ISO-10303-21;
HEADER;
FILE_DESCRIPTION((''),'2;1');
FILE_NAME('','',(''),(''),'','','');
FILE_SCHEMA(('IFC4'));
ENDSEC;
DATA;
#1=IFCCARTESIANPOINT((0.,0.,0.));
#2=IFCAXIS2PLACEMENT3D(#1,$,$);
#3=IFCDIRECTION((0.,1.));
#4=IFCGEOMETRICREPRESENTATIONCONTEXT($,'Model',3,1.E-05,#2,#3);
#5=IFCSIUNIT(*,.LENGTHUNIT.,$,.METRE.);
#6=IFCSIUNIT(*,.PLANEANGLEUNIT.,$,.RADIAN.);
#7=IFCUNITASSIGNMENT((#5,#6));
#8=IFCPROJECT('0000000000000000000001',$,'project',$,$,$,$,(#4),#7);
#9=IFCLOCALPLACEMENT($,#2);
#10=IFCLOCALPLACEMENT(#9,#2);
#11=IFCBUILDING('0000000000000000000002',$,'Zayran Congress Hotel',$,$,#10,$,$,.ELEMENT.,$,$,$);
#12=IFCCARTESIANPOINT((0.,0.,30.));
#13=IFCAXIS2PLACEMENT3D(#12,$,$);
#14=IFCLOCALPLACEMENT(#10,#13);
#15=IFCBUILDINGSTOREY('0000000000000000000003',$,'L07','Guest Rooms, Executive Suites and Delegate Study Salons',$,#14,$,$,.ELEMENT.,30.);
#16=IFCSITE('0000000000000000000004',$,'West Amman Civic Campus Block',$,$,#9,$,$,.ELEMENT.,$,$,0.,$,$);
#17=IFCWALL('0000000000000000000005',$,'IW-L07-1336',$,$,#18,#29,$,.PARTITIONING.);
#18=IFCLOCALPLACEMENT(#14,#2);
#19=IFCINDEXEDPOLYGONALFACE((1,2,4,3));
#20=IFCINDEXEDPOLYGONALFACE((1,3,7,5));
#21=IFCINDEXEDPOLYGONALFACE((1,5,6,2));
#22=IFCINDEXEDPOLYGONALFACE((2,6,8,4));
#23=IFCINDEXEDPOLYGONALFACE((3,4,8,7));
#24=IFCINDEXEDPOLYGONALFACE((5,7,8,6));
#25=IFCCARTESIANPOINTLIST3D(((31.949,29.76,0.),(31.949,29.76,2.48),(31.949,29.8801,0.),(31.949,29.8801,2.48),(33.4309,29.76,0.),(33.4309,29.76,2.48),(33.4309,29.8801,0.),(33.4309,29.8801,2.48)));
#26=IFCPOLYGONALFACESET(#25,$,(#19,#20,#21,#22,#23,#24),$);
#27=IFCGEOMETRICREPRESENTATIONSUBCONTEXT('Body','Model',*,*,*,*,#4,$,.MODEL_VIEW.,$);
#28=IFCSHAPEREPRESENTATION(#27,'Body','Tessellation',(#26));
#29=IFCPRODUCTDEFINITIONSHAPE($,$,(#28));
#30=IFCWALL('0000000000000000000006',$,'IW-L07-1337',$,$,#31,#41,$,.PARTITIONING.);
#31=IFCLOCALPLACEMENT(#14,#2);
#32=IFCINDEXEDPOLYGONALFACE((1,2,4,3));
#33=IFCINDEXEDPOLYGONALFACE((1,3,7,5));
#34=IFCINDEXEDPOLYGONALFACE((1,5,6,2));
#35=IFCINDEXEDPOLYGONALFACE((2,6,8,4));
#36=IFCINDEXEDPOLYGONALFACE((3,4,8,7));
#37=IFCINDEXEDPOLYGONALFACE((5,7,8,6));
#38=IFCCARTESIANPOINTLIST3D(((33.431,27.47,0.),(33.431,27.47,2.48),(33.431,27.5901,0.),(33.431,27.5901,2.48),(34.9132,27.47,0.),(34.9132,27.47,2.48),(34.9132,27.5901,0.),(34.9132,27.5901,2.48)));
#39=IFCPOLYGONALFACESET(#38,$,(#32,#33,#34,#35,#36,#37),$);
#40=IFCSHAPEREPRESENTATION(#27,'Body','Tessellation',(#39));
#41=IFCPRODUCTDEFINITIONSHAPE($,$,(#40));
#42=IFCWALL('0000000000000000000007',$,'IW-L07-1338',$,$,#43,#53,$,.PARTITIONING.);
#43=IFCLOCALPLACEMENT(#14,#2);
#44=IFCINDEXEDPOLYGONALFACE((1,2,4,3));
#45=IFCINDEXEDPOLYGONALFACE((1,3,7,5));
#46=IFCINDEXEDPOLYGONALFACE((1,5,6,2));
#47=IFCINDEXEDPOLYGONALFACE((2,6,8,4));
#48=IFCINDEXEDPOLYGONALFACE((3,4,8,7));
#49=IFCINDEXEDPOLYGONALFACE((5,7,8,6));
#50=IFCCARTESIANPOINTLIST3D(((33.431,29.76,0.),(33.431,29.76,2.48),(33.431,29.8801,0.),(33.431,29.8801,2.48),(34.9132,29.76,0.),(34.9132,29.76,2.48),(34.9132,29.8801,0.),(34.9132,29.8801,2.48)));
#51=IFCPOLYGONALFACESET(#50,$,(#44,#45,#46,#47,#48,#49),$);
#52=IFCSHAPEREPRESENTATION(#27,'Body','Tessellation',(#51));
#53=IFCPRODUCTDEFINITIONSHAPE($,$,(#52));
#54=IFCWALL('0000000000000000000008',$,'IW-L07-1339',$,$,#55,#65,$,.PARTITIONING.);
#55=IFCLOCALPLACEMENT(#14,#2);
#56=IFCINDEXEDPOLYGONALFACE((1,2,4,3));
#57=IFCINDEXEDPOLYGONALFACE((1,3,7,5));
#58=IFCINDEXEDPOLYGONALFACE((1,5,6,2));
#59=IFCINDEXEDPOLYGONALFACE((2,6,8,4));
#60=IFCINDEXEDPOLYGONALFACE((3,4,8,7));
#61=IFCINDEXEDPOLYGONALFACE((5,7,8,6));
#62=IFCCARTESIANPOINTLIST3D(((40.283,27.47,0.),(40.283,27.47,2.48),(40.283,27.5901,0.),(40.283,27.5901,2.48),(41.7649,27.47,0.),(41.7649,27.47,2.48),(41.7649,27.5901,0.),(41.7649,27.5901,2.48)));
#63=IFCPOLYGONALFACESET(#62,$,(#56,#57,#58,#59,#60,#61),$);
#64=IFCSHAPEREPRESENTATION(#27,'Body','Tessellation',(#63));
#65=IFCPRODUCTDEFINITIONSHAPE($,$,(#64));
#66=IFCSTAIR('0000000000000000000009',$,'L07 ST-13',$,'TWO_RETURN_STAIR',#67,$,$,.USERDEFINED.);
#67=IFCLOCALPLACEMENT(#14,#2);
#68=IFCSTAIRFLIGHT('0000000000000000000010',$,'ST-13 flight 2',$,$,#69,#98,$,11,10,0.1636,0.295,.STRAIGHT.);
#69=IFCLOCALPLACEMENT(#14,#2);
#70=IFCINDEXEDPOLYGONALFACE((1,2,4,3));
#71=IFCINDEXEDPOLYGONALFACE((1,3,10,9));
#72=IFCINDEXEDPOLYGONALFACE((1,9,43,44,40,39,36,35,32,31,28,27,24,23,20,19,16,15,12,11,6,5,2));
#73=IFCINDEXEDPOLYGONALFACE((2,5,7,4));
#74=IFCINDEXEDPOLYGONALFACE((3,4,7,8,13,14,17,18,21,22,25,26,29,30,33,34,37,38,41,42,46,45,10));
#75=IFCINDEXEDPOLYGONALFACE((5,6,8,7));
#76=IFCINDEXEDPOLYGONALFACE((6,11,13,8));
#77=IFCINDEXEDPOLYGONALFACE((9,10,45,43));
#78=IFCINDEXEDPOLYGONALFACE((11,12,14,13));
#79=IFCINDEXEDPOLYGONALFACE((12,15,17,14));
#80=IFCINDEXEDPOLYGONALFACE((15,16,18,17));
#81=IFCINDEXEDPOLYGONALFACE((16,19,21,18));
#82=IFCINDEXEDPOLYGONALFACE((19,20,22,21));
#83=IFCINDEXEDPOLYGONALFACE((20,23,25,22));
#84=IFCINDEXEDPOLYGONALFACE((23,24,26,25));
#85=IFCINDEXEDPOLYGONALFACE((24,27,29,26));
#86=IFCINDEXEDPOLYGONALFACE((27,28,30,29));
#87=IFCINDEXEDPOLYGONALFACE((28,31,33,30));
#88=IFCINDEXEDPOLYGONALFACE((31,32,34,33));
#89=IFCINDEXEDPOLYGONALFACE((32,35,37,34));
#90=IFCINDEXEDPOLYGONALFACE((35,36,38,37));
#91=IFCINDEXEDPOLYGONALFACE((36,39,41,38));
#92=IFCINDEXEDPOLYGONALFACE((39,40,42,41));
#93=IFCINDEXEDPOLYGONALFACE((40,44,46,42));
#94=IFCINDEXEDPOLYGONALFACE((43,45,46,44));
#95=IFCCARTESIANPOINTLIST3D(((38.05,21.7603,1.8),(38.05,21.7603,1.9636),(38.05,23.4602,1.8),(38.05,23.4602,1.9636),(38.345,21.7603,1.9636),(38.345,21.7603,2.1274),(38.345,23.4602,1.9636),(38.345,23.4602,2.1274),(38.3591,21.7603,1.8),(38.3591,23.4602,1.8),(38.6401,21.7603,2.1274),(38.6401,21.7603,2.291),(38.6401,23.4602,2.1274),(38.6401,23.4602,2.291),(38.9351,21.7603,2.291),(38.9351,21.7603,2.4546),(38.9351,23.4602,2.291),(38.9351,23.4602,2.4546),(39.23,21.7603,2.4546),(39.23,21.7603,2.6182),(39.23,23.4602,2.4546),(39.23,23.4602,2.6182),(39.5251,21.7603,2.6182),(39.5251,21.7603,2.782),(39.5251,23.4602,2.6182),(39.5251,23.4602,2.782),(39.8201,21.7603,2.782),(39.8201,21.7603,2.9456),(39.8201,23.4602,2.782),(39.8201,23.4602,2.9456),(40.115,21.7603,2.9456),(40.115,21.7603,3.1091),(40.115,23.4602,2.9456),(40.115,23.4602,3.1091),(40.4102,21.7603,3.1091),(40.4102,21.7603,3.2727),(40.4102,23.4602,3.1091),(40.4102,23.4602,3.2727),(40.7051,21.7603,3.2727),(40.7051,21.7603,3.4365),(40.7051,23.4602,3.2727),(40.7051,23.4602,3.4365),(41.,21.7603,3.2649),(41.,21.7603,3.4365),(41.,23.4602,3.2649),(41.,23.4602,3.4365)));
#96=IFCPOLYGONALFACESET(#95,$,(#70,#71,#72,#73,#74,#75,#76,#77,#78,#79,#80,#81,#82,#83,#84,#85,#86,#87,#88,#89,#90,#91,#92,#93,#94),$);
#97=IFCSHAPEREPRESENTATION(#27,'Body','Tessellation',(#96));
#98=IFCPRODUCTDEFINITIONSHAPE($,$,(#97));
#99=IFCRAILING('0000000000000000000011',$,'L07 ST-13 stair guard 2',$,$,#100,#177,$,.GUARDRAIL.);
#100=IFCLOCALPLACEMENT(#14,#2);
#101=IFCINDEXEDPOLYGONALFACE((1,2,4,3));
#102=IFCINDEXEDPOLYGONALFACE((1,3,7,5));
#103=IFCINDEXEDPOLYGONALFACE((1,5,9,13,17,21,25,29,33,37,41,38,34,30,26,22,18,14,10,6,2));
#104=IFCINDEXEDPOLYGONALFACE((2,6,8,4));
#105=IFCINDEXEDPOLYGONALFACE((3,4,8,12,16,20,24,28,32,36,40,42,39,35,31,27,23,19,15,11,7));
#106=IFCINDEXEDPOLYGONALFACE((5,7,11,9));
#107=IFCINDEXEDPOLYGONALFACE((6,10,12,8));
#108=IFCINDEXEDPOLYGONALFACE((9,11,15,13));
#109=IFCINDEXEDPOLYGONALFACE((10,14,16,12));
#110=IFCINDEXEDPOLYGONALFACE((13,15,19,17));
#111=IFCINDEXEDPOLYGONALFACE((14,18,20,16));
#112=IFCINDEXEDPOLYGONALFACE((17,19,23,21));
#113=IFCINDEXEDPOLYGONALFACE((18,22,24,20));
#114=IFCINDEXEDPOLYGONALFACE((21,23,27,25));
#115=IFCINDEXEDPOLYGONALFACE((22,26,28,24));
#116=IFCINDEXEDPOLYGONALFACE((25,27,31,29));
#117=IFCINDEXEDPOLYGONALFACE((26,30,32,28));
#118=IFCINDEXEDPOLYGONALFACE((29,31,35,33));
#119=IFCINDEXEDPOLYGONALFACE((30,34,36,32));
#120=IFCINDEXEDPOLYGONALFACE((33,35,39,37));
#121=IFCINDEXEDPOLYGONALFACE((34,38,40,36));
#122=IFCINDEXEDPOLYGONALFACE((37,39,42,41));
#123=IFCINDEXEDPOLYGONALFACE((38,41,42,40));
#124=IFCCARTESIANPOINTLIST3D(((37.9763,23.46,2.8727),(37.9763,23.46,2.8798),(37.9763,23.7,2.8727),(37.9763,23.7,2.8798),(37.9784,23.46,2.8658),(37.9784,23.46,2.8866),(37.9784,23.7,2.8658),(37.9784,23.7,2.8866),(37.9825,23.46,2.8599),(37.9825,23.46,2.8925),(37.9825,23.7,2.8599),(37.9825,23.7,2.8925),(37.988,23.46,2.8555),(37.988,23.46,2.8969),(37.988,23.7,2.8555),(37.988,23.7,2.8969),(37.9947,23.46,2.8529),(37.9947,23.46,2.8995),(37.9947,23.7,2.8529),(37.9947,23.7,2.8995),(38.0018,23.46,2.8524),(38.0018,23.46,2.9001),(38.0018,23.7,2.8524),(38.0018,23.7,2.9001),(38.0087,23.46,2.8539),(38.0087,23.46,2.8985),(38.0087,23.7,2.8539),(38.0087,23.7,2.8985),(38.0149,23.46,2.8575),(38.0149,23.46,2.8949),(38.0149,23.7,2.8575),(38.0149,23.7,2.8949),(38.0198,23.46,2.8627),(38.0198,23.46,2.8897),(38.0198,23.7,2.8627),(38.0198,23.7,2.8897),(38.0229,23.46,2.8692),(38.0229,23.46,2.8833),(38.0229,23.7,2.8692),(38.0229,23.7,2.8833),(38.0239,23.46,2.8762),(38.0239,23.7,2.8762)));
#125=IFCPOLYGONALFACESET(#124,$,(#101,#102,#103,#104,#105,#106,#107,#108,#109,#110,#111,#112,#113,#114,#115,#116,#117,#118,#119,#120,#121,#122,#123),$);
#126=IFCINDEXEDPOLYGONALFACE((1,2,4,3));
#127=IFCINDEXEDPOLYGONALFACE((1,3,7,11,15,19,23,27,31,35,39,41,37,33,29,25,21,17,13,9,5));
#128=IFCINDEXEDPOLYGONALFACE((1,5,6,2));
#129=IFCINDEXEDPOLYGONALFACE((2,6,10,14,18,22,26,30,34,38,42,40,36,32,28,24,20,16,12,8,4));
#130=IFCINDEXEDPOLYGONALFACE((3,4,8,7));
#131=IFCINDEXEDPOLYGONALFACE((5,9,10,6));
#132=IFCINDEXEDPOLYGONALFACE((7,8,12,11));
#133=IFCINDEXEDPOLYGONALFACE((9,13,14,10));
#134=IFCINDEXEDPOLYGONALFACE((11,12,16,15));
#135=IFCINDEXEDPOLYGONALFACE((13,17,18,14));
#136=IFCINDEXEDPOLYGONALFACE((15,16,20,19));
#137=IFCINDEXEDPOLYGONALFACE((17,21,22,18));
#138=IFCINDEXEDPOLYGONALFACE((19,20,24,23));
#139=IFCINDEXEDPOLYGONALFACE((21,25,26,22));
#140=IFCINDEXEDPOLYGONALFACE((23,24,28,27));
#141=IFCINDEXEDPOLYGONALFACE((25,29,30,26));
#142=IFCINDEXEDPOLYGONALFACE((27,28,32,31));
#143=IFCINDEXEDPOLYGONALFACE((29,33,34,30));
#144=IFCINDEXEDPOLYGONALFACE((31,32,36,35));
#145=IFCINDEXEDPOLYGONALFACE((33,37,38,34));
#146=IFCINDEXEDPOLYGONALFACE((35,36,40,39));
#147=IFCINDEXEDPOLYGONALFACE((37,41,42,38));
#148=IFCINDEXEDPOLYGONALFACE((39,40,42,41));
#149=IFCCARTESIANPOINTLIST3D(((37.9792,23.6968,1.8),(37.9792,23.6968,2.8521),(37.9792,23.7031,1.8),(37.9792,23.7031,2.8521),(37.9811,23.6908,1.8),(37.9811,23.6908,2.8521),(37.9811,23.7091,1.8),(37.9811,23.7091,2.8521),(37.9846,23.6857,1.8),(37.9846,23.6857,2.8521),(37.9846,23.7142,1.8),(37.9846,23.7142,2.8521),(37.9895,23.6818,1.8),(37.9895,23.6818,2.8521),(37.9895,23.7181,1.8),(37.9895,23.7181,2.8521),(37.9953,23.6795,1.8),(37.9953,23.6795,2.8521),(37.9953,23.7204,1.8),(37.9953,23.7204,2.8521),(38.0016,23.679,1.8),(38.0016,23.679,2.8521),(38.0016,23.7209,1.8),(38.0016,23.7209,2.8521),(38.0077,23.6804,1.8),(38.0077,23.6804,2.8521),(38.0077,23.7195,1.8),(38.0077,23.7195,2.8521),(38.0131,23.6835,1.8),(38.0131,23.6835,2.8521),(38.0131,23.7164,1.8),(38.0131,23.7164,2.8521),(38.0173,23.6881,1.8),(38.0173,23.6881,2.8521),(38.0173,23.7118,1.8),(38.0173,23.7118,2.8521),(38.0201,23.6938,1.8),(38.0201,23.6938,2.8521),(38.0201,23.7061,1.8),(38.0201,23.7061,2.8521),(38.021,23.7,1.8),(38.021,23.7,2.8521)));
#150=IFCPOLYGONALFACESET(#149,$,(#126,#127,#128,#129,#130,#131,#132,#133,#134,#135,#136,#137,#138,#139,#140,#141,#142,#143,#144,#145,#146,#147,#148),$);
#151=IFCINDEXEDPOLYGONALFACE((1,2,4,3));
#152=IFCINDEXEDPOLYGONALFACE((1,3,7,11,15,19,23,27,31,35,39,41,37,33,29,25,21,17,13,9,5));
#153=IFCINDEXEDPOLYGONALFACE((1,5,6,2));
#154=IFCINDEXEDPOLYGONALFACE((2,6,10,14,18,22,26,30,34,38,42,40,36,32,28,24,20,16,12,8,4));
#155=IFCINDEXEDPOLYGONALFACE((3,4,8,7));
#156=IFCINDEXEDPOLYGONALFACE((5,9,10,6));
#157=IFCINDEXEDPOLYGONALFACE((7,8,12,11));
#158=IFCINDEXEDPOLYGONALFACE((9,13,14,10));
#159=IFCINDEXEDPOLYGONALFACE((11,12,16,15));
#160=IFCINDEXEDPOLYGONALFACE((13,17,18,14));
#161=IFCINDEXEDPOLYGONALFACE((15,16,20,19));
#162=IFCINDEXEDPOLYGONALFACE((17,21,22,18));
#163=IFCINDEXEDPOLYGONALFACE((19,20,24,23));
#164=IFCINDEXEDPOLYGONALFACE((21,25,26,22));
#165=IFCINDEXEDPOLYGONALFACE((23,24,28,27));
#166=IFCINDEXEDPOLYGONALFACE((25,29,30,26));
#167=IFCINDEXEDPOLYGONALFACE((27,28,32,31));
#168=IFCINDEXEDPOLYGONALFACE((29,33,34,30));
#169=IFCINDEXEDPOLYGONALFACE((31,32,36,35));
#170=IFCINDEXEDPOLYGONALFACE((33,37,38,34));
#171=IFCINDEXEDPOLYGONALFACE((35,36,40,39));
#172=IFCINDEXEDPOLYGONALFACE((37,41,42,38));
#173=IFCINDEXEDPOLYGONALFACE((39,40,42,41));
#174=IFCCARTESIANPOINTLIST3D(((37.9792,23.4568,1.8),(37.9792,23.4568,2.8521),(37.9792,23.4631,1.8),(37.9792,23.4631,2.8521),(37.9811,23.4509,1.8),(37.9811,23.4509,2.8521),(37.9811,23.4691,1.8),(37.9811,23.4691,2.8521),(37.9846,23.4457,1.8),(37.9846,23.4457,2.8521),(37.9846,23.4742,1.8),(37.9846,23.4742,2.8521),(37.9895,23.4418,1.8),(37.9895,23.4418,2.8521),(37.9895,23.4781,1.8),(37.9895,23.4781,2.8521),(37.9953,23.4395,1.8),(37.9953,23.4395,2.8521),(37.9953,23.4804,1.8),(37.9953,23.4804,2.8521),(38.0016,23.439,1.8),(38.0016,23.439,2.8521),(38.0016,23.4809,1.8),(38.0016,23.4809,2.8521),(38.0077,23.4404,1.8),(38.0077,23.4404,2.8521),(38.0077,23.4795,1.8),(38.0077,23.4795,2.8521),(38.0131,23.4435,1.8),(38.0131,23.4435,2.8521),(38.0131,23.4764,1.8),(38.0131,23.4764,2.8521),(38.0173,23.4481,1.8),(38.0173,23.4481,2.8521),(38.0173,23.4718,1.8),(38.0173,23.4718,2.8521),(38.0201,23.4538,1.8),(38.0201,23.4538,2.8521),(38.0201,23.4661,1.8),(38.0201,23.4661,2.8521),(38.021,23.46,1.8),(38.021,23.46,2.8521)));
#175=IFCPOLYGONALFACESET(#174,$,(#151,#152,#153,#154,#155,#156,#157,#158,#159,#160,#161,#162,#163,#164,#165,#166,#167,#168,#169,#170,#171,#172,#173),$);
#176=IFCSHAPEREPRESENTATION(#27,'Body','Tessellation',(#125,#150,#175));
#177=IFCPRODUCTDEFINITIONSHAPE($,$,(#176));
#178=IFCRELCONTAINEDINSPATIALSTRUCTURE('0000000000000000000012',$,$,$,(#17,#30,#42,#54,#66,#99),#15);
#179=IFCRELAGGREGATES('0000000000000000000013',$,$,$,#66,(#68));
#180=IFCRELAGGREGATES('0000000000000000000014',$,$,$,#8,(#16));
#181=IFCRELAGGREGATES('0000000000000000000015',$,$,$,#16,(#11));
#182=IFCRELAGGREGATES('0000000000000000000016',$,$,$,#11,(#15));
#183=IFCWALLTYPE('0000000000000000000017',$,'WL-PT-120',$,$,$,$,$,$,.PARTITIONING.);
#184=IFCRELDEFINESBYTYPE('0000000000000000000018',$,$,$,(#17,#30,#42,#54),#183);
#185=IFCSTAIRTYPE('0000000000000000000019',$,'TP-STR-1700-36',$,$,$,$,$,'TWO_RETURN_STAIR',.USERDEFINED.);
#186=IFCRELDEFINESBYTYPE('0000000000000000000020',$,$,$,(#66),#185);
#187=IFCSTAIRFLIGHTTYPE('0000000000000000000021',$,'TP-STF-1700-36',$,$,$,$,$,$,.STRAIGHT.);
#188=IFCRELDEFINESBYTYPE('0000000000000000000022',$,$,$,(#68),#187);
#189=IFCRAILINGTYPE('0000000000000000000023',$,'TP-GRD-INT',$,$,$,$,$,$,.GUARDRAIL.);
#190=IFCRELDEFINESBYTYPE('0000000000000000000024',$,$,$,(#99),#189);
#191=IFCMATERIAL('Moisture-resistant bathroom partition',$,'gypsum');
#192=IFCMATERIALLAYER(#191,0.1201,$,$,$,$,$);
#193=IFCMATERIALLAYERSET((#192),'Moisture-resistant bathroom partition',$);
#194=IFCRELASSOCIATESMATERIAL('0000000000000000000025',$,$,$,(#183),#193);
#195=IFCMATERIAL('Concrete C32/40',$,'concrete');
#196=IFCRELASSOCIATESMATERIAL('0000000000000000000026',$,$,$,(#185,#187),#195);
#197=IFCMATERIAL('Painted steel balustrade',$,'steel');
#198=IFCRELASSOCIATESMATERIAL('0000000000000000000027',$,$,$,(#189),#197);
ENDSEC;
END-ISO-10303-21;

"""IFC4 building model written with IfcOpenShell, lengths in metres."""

from ifc_helpers import new_model, si_unit, direction, frame, frame_2d, origin, origin_2d, place, context, subcontext, project, spatial, polyline, rectangle, circle, outline, extrude, material, layer, layer_set, type_object, element, aggregate, save


model = new_model("IFC4")

# Units and contexts
model_context = context("Model", 3, precision=1e-05, world=origin(), true_north=direction((0.0, 1.0)))
body_context = subcontext(model_context, "Body", "Model", "MODEL_VIEW")
ifc_project = project(units=[si_unit("LENGTHUNIT", "METRE"), si_unit("PLANEANGLEUNIT", "RADIAN")], contexts=[model_context])

# Site, building, storey
site_placement = place(None, origin())
site = spatial("IfcSite", under=ifc_project, at=site_placement, Name="West Amman Civic Campus Block", CompositionType="ELEMENT", RefElevation=0.0)
building_placement = place(site_placement, origin())
building = spatial("IfcBuilding", under=site, at=building_placement, Name="Zayran Congress Hotel", CompositionType="ELEMENT")
storey_placement = place(building_placement, frame((0.0, 0.0, 30.0)))
storey = spatial("IfcBuildingStorey", under=building, at=storey_placement, Name="L07", Description="Guest Rooms, Executive Suites and Delegate Study Salons", CompositionType="ELEMENT", Elevation=30.0)

# Shared definitions
ifc_material_1 = material(Name="Moisture-resistant bathroom partition", Category="gypsum")
ifc_layer_1 = layer(ifc_material_1, 0.1201)
ifc_layer_set_1 = layer_set([ifc_layer_1], Name="Moisture-resistant bathroom partition")
wall_type_1 = type_object("IfcWallType", Name="WL-PT-120", PredefinedType="PARTITIONING", material=ifc_layer_set_1)

# Walls
wall_1_placement = place(storey_placement, frame((31.949, 29.8201, 0.0), z_axis=(0.0, 0.0, 1.0), x_axis=(1.0, 0.0, 0.0)))
element("IfcWall", 1, at=wall_1_placement, inside=storey, type_object=wall_type_1, Name="IW-L07-1336", PredefinedType="PARTITIONING", context=body_context, shape_type="SweptSolid", body=[
    extrude(rectangle(XDim=1.4819, YDim=0.1201, at=frame_2d((0.741, 0.0))), origin(), (0.0, 0.0, 1.0), 2.48),
])
for number, where, z_axis, x_axis, name in (
    (2, (33.4309, 27.53, 0.0), (0.0, 0.0, 1.0), (1.0, 0.0, 0.0), "IW-L07-1337"),
    (3, (33.4309, 29.8201, 0.0), (0.0, 0.0, 1.0), (1.0, 0.0, 0.0), "IW-L07-1338"),
):
    element("IfcWall", number, at=place(storey_placement, frame(where, z_axis=z_axis, x_axis=x_axis)), inside=storey, type_object=wall_type_1, Name=name, PredefinedType="PARTITIONING", context=body_context, shape_type="SweptSolid", body=[
        extrude(rectangle(XDim=1.4822, YDim=0.1201, at=frame_2d((0.7412, 0.0))), origin(), (0.0, 0.0, 1.0), 2.48),
    ])
wall_2_placement = place(storey_placement, frame((40.283, 27.53, 0.0), z_axis=(0.0, 0.0, 1.0), x_axis=(1.0, 0.0, 0.0)))
element("IfcWall", 4, at=wall_2_placement, inside=storey, type_object=wall_type_1, Name="IW-L07-1339", PredefinedType="PARTITIONING", context=body_context, shape_type="SweptSolid", body=[
    extrude(rectangle(XDim=1.4819, YDim=0.1201, at=frame_2d((0.741, 0.0))), origin(), (0.0, 0.0, 1.0), 2.48),
])

# Stair, stair flight
ifc_material_2 = material(Name="Concrete C32/40", Category="concrete")
stair_type = type_object("IfcStairType", Name="TP-STR-1700-36", ElementType="TWO_RETURN_STAIR", PredefinedType="USERDEFINED", material=ifc_material_2)
stair_placement = place(storey_placement, origin())
stair = element("IfcStair", 5, at=stair_placement, inside=storey, type_object=stair_type, Name="L07 ST-13", ObjectType="TWO_RETURN_STAIR", PredefinedType="USERDEFINED")
stair_flight_type = type_object("IfcStairFlightType", Name="TP-STF-1700-36", PredefinedType="STRAIGHT", material=ifc_material_2)
stair_flight_placement = place(storey_placement, frame((38.05, 22.6101, 1.8), z_axis=(0.0, 0.0, 1.0), x_axis=(1.0, 0.0, 0.0)))
stair_flight = element("IfcStairFlight", 6, at=stair_flight_placement, type_object=stair_flight_type, Name="ST-13 flight 2", NumberOfRisers=11, NumberOfTreads=10, PredefinedType="STRAIGHT", RiserHeight=0.1636, TreadLength=0.295, context=body_context, shape_type="SweptSolid", body=[
    extrude(outline(polyline([(0.0, 0.0), (0.0, 0.1636), (0.2949, 0.1636), (0.2949, 0.3274), (0.5901, 0.3274), (0.5901, 0.491), (0.885, 0.491), (0.885, 0.6545), (1.1799, 0.6545), (1.1799, 0.8181), (1.4751, 0.8181), (1.4751, 0.9819), (1.77, 0.9819), (1.77, 1.1455), (2.0649, 1.1455), (2.0649, 1.3091), (2.3601, 1.3091), (2.3601, 1.4727), (2.655, 1.4727), (2.655, 1.6365), (2.95, 1.6365), (2.95, 1.8), (2.95, 1.4648), (0.3091, 0.0), (0.0, 0.0)])), frame((0.0, 0.8501, 0.0), z_axis=(0.0, -1.0, 0.0), x_axis=(1.0, 0.0, 0.0)), (0.0, 0.0, 1.0), 1.7),
])
aggregate(stair, [stair_flight])

# Railing
ifc_material_3 = material(Name="Painted steel balustrade", Category="steel")
railing_type_1 = type_object("IfcRailingType", Name="TP-GRD-INT", PredefinedType="GUARDRAIL", material=ifc_material_3)
railing_1_placement = place(storey_placement, frame((38.0, 23.7, 1.8)))
element("IfcRailing", 7, at=railing_1_placement, inside=storey, type_object=railing_type_1, Name="L07 ST-13 stair guard 2", PredefinedType="GUARDRAIL", context=body_context, shape_type="SweptSolid", body=[
    extrude(circle(Radius=0.0239, at=origin_2d()), frame((0.0, 0.0, 1.0762), z_axis=(0.0, -1.0, 0.0), x_axis=(1.0, 0.0, 0.0)), (0.0, 0.0, 1.0), 0.24),
    extrude(circle(Radius=0.021, at=origin_2d()), origin(), (0.0, 0.0, 1.0), 1.052),
    extrude(circle(Radius=0.021, at=origin_2d()), frame((0.0, -0.24, 0.0)), (0.0, 0.0, 1.0), 1.052),
])

save(model, "model.ifc")
